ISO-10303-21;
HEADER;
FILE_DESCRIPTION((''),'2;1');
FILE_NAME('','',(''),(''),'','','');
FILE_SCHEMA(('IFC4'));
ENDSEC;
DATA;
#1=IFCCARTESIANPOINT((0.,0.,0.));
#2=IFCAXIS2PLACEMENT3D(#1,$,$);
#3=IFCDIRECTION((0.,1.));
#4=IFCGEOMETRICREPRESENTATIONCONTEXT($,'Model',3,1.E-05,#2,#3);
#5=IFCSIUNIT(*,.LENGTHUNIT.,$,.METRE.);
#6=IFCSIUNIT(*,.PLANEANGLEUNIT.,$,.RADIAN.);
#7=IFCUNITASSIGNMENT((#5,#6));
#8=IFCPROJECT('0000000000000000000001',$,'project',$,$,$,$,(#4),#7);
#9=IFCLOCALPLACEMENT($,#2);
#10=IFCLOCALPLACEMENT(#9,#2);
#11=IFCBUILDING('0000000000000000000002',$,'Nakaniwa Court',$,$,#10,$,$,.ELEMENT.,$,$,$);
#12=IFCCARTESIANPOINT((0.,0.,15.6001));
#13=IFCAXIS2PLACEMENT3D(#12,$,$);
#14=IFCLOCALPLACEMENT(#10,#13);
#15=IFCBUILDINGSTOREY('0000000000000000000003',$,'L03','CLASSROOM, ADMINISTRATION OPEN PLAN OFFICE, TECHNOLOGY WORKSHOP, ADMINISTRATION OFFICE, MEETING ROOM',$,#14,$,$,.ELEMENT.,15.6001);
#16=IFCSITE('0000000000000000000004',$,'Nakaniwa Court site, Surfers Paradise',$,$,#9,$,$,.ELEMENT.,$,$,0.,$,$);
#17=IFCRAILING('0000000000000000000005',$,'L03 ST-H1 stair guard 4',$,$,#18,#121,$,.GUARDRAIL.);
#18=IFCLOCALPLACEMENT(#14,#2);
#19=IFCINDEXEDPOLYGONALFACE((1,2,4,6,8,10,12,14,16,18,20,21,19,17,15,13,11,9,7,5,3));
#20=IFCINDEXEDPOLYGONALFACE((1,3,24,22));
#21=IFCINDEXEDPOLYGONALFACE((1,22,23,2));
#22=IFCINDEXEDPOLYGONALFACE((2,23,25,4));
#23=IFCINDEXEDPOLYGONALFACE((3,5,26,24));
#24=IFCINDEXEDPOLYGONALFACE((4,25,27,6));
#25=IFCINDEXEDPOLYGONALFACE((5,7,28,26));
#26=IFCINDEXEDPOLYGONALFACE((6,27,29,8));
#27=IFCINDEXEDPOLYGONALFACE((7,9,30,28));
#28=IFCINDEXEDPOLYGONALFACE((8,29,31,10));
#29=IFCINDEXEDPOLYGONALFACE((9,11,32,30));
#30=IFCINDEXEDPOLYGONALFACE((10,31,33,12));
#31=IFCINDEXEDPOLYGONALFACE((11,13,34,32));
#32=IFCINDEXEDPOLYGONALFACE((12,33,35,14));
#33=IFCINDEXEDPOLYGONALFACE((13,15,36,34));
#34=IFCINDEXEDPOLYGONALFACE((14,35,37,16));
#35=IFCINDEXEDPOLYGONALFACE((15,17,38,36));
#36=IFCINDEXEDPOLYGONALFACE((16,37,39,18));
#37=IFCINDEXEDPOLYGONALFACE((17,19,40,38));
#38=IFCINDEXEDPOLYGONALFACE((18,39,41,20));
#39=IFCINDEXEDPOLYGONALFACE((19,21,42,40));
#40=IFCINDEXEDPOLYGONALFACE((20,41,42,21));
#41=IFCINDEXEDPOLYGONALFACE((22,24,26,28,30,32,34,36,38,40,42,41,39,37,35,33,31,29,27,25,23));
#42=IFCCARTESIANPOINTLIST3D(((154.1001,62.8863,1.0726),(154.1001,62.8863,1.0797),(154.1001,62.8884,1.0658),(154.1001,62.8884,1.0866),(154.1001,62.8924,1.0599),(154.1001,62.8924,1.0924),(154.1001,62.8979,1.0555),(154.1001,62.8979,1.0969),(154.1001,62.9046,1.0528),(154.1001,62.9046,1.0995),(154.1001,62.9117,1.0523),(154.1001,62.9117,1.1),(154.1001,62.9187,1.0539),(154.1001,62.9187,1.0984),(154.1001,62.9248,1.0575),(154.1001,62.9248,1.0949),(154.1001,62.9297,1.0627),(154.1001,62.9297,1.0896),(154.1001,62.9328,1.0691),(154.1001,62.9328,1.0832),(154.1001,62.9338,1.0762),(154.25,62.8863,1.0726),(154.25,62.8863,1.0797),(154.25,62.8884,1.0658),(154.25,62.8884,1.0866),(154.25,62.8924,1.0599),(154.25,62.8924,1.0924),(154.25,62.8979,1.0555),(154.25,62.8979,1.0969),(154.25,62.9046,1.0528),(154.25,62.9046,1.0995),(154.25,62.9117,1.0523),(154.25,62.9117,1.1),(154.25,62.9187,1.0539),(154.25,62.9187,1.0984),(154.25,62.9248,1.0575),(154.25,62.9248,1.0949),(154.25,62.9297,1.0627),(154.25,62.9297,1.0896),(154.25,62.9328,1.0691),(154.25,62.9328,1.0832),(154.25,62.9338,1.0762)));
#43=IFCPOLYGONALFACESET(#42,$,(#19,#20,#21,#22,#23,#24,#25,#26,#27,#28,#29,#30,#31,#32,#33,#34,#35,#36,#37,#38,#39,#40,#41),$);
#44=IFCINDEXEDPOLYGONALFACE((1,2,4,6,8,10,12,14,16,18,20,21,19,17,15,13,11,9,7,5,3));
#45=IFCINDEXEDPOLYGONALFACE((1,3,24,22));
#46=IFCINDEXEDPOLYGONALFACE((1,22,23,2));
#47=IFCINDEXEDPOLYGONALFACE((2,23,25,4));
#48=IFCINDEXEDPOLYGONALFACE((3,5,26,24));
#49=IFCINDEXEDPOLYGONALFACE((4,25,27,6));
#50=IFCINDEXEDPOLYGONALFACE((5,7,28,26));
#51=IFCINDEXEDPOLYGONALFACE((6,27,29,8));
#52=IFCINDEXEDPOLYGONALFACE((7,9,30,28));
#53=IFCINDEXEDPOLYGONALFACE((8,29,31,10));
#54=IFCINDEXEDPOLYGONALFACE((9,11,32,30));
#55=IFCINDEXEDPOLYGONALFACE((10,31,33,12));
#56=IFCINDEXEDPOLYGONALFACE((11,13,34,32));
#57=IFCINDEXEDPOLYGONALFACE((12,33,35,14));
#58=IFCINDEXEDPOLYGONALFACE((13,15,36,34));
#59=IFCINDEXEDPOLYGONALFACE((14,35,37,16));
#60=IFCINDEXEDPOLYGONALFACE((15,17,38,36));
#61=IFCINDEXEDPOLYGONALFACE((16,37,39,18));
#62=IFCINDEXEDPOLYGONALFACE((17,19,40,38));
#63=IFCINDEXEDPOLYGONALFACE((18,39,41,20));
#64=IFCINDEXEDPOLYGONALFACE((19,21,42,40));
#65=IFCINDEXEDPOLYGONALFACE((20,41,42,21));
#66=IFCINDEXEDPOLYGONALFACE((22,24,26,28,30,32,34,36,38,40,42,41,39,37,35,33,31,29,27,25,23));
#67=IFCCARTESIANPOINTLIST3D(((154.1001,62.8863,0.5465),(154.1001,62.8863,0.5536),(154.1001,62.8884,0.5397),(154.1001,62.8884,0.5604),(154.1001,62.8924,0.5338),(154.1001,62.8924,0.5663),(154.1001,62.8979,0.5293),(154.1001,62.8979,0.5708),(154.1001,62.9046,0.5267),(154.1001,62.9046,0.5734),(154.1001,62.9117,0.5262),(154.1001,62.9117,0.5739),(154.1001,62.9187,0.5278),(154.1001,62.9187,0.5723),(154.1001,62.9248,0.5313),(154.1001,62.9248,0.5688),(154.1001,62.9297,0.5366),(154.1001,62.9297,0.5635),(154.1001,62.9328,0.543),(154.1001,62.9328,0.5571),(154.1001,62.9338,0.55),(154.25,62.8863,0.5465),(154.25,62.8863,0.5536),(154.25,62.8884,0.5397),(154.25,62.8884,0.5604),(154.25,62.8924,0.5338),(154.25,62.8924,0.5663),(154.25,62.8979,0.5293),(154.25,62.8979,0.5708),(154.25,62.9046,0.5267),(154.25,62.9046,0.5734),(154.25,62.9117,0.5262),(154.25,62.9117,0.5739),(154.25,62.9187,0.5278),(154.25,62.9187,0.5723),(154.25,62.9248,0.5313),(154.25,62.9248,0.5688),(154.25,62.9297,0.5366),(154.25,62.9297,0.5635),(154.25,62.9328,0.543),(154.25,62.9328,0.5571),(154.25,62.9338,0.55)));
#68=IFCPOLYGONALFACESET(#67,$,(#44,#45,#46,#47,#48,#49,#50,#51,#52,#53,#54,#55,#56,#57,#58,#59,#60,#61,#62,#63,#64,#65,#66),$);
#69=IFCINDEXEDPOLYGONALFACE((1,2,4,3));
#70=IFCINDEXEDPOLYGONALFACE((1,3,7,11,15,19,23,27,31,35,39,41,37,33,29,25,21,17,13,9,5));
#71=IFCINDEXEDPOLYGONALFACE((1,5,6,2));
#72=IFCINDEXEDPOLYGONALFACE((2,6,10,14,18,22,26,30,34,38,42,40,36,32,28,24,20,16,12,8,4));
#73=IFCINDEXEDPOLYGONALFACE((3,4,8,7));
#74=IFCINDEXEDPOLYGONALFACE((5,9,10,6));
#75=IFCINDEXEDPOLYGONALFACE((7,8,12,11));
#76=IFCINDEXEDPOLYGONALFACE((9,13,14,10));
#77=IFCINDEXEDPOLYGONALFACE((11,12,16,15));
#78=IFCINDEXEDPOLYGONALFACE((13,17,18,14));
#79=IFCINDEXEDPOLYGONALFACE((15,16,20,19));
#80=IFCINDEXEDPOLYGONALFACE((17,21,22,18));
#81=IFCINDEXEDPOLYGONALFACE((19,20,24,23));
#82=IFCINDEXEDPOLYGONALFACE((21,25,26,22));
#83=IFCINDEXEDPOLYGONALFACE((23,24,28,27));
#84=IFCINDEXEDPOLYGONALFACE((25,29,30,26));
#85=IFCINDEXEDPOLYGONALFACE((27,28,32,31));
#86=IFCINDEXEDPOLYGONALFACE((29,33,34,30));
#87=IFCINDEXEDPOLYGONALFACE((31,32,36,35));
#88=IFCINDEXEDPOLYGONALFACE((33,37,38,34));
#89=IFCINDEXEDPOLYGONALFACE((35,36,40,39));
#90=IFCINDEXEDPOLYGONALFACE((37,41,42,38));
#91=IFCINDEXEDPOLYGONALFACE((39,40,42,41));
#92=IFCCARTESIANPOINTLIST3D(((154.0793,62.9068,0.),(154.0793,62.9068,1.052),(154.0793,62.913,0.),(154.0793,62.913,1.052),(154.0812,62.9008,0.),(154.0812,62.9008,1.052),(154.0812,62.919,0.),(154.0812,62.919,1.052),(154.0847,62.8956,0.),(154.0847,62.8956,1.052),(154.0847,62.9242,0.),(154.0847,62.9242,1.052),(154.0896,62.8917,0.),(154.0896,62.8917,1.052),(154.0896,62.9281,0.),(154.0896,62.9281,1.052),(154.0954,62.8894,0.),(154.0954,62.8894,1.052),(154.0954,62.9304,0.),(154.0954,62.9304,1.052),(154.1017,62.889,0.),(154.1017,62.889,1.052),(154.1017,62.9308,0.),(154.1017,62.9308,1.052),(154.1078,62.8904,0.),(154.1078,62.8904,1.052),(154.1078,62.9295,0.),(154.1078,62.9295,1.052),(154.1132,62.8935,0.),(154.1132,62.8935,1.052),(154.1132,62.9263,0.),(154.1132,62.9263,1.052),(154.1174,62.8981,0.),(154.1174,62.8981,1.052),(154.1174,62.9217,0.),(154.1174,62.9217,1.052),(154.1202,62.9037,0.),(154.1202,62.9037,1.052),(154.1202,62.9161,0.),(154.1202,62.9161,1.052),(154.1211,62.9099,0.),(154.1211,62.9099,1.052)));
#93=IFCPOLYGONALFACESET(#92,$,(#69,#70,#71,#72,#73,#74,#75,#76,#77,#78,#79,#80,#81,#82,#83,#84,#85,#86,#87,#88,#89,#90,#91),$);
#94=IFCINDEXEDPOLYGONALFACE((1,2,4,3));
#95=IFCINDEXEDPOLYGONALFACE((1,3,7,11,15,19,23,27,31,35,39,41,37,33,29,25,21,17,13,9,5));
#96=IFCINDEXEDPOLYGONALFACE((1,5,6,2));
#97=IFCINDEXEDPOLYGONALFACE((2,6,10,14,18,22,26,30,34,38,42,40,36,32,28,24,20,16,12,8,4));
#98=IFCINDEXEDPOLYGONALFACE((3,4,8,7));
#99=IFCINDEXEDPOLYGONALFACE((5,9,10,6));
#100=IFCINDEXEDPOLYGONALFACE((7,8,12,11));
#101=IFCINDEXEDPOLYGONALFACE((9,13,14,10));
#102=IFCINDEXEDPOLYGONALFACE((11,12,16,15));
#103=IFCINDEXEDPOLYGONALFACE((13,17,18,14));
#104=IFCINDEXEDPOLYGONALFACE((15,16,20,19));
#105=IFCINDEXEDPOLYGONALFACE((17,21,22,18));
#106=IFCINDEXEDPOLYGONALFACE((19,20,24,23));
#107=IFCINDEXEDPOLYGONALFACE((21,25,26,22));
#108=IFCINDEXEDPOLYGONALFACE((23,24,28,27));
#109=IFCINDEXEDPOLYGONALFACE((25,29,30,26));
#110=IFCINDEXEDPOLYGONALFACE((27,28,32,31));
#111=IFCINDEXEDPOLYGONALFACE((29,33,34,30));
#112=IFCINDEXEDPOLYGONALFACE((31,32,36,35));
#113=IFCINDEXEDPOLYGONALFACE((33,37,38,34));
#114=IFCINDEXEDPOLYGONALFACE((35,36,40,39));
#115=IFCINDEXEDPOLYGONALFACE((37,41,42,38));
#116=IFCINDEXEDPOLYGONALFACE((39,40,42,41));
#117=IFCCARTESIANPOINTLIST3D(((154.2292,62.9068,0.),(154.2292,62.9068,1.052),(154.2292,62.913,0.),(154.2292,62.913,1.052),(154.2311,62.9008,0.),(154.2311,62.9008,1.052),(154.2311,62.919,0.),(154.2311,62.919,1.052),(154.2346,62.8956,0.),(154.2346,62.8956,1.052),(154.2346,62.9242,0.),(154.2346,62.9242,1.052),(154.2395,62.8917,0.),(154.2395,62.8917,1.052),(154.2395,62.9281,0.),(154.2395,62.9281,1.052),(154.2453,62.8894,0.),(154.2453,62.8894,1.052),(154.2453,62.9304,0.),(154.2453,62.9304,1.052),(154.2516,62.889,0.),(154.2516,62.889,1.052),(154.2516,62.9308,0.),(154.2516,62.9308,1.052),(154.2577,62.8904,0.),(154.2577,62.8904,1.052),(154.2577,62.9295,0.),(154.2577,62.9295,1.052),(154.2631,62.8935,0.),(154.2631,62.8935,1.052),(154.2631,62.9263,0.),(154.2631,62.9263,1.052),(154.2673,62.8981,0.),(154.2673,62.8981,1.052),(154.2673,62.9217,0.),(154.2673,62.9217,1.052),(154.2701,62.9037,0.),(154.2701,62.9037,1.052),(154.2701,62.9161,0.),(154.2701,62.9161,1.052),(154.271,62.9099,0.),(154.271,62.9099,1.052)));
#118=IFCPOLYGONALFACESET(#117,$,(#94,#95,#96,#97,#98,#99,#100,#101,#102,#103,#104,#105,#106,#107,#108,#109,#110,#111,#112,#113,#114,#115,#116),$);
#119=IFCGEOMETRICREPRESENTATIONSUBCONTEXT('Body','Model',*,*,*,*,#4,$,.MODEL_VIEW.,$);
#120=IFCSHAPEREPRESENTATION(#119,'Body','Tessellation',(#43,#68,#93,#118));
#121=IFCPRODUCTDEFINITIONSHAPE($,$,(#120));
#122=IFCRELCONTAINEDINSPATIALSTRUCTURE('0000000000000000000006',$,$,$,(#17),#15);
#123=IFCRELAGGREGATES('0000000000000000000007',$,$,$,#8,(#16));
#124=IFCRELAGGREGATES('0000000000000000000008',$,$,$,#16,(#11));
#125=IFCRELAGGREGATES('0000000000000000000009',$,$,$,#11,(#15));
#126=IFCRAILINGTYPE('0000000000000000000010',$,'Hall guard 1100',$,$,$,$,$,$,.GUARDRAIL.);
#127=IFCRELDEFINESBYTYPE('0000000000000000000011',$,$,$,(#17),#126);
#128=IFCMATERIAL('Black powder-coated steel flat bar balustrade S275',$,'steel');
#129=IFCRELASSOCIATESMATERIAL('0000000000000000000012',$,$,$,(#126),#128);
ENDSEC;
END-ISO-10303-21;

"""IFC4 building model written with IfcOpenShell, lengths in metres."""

from ifc_helpers import new_model, si_unit, direction, frame, origin, origin_2d, place, context, subcontext, project, spatial, circle, extrude, material, type_object, element, save


model = new_model("IFC4")

# Units and contexts
model_context = context("Model", 3, precision=1e-05, world=origin(), true_north=direction((0.0, 1.0)))
body_context = subcontext(model_context, "Body", "Model", "MODEL_VIEW")
ifc_project = project(units=[si_unit("LENGTHUNIT", "METRE"), si_unit("PLANEANGLEUNIT", "RADIAN")], contexts=[model_context])

# Site, building, storey
site_placement = place(None, origin())
site = spatial("IfcSite", under=ifc_project, at=site_placement, Name="Nakaniwa Court site, Surfers Paradise", CompositionType="ELEMENT", RefElevation=0.0)
building_placement = place(site_placement, origin())
building = spatial("IfcBuilding", under=site, at=building_placement, Name="Nakaniwa Court", CompositionType="ELEMENT")
storey_placement = place(building_placement, frame((0.0, 0.0, 15.6001)))
storey = spatial("IfcBuildingStorey", under=building, at=storey_placement, Name="L03", Description="CLASSROOM, ADMINISTRATION OPEN PLAN OFFICE, TECHNOLOGY WORKSHOP, ADMINISTRATION OFFICE, MEETING ROOM", CompositionType="ELEMENT", Elevation=15.6001)

# Railing
ifc_material_1 = material(Name="Black powder-coated steel flat bar balustrade S275", Category="steel")
railing_type_1 = type_object("IfcRailingType", Name="Hall guard 1100", PredefinedType="GUARDRAIL", material=ifc_material_1)
railing_1_placement = place(storey_placement, frame((154.1001, 62.9099, 0.0)))
element("IfcRailing", 1, at=railing_1_placement, inside=storey, type_object=railing_type_1, Name="L03 ST-H1 stair guard 4", PredefinedType="GUARDRAIL", context=body_context, shape_type="SweptSolid", body=[
    extrude(circle(Radius=0.0239, at=origin_2d()), frame((0.0, 0.0, 1.0762), z_axis=(1.0, 0.0, 0.0), x_axis=(0.0, 1.0, 0.0)), (0.0, 0.0, 1.0), 0.1499),
    extrude(circle(Radius=0.0239, at=origin_2d()), frame((0.0, 0.0, 0.55), z_axis=(1.0, 0.0, 0.0), x_axis=(0.0, 1.0, 0.0)), (0.0, 0.0, 1.0), 0.1499),
    extrude(circle(Radius=0.021, at=origin_2d()), origin(), (0.0, 0.0, 1.0), 1.052),
    extrude(circle(Radius=0.021, at=origin_2d()), frame((0.1499, 0.0, 0.0)), (0.0, 0.0, 1.0), 1.052),
])

save(model, "model.ifc")
